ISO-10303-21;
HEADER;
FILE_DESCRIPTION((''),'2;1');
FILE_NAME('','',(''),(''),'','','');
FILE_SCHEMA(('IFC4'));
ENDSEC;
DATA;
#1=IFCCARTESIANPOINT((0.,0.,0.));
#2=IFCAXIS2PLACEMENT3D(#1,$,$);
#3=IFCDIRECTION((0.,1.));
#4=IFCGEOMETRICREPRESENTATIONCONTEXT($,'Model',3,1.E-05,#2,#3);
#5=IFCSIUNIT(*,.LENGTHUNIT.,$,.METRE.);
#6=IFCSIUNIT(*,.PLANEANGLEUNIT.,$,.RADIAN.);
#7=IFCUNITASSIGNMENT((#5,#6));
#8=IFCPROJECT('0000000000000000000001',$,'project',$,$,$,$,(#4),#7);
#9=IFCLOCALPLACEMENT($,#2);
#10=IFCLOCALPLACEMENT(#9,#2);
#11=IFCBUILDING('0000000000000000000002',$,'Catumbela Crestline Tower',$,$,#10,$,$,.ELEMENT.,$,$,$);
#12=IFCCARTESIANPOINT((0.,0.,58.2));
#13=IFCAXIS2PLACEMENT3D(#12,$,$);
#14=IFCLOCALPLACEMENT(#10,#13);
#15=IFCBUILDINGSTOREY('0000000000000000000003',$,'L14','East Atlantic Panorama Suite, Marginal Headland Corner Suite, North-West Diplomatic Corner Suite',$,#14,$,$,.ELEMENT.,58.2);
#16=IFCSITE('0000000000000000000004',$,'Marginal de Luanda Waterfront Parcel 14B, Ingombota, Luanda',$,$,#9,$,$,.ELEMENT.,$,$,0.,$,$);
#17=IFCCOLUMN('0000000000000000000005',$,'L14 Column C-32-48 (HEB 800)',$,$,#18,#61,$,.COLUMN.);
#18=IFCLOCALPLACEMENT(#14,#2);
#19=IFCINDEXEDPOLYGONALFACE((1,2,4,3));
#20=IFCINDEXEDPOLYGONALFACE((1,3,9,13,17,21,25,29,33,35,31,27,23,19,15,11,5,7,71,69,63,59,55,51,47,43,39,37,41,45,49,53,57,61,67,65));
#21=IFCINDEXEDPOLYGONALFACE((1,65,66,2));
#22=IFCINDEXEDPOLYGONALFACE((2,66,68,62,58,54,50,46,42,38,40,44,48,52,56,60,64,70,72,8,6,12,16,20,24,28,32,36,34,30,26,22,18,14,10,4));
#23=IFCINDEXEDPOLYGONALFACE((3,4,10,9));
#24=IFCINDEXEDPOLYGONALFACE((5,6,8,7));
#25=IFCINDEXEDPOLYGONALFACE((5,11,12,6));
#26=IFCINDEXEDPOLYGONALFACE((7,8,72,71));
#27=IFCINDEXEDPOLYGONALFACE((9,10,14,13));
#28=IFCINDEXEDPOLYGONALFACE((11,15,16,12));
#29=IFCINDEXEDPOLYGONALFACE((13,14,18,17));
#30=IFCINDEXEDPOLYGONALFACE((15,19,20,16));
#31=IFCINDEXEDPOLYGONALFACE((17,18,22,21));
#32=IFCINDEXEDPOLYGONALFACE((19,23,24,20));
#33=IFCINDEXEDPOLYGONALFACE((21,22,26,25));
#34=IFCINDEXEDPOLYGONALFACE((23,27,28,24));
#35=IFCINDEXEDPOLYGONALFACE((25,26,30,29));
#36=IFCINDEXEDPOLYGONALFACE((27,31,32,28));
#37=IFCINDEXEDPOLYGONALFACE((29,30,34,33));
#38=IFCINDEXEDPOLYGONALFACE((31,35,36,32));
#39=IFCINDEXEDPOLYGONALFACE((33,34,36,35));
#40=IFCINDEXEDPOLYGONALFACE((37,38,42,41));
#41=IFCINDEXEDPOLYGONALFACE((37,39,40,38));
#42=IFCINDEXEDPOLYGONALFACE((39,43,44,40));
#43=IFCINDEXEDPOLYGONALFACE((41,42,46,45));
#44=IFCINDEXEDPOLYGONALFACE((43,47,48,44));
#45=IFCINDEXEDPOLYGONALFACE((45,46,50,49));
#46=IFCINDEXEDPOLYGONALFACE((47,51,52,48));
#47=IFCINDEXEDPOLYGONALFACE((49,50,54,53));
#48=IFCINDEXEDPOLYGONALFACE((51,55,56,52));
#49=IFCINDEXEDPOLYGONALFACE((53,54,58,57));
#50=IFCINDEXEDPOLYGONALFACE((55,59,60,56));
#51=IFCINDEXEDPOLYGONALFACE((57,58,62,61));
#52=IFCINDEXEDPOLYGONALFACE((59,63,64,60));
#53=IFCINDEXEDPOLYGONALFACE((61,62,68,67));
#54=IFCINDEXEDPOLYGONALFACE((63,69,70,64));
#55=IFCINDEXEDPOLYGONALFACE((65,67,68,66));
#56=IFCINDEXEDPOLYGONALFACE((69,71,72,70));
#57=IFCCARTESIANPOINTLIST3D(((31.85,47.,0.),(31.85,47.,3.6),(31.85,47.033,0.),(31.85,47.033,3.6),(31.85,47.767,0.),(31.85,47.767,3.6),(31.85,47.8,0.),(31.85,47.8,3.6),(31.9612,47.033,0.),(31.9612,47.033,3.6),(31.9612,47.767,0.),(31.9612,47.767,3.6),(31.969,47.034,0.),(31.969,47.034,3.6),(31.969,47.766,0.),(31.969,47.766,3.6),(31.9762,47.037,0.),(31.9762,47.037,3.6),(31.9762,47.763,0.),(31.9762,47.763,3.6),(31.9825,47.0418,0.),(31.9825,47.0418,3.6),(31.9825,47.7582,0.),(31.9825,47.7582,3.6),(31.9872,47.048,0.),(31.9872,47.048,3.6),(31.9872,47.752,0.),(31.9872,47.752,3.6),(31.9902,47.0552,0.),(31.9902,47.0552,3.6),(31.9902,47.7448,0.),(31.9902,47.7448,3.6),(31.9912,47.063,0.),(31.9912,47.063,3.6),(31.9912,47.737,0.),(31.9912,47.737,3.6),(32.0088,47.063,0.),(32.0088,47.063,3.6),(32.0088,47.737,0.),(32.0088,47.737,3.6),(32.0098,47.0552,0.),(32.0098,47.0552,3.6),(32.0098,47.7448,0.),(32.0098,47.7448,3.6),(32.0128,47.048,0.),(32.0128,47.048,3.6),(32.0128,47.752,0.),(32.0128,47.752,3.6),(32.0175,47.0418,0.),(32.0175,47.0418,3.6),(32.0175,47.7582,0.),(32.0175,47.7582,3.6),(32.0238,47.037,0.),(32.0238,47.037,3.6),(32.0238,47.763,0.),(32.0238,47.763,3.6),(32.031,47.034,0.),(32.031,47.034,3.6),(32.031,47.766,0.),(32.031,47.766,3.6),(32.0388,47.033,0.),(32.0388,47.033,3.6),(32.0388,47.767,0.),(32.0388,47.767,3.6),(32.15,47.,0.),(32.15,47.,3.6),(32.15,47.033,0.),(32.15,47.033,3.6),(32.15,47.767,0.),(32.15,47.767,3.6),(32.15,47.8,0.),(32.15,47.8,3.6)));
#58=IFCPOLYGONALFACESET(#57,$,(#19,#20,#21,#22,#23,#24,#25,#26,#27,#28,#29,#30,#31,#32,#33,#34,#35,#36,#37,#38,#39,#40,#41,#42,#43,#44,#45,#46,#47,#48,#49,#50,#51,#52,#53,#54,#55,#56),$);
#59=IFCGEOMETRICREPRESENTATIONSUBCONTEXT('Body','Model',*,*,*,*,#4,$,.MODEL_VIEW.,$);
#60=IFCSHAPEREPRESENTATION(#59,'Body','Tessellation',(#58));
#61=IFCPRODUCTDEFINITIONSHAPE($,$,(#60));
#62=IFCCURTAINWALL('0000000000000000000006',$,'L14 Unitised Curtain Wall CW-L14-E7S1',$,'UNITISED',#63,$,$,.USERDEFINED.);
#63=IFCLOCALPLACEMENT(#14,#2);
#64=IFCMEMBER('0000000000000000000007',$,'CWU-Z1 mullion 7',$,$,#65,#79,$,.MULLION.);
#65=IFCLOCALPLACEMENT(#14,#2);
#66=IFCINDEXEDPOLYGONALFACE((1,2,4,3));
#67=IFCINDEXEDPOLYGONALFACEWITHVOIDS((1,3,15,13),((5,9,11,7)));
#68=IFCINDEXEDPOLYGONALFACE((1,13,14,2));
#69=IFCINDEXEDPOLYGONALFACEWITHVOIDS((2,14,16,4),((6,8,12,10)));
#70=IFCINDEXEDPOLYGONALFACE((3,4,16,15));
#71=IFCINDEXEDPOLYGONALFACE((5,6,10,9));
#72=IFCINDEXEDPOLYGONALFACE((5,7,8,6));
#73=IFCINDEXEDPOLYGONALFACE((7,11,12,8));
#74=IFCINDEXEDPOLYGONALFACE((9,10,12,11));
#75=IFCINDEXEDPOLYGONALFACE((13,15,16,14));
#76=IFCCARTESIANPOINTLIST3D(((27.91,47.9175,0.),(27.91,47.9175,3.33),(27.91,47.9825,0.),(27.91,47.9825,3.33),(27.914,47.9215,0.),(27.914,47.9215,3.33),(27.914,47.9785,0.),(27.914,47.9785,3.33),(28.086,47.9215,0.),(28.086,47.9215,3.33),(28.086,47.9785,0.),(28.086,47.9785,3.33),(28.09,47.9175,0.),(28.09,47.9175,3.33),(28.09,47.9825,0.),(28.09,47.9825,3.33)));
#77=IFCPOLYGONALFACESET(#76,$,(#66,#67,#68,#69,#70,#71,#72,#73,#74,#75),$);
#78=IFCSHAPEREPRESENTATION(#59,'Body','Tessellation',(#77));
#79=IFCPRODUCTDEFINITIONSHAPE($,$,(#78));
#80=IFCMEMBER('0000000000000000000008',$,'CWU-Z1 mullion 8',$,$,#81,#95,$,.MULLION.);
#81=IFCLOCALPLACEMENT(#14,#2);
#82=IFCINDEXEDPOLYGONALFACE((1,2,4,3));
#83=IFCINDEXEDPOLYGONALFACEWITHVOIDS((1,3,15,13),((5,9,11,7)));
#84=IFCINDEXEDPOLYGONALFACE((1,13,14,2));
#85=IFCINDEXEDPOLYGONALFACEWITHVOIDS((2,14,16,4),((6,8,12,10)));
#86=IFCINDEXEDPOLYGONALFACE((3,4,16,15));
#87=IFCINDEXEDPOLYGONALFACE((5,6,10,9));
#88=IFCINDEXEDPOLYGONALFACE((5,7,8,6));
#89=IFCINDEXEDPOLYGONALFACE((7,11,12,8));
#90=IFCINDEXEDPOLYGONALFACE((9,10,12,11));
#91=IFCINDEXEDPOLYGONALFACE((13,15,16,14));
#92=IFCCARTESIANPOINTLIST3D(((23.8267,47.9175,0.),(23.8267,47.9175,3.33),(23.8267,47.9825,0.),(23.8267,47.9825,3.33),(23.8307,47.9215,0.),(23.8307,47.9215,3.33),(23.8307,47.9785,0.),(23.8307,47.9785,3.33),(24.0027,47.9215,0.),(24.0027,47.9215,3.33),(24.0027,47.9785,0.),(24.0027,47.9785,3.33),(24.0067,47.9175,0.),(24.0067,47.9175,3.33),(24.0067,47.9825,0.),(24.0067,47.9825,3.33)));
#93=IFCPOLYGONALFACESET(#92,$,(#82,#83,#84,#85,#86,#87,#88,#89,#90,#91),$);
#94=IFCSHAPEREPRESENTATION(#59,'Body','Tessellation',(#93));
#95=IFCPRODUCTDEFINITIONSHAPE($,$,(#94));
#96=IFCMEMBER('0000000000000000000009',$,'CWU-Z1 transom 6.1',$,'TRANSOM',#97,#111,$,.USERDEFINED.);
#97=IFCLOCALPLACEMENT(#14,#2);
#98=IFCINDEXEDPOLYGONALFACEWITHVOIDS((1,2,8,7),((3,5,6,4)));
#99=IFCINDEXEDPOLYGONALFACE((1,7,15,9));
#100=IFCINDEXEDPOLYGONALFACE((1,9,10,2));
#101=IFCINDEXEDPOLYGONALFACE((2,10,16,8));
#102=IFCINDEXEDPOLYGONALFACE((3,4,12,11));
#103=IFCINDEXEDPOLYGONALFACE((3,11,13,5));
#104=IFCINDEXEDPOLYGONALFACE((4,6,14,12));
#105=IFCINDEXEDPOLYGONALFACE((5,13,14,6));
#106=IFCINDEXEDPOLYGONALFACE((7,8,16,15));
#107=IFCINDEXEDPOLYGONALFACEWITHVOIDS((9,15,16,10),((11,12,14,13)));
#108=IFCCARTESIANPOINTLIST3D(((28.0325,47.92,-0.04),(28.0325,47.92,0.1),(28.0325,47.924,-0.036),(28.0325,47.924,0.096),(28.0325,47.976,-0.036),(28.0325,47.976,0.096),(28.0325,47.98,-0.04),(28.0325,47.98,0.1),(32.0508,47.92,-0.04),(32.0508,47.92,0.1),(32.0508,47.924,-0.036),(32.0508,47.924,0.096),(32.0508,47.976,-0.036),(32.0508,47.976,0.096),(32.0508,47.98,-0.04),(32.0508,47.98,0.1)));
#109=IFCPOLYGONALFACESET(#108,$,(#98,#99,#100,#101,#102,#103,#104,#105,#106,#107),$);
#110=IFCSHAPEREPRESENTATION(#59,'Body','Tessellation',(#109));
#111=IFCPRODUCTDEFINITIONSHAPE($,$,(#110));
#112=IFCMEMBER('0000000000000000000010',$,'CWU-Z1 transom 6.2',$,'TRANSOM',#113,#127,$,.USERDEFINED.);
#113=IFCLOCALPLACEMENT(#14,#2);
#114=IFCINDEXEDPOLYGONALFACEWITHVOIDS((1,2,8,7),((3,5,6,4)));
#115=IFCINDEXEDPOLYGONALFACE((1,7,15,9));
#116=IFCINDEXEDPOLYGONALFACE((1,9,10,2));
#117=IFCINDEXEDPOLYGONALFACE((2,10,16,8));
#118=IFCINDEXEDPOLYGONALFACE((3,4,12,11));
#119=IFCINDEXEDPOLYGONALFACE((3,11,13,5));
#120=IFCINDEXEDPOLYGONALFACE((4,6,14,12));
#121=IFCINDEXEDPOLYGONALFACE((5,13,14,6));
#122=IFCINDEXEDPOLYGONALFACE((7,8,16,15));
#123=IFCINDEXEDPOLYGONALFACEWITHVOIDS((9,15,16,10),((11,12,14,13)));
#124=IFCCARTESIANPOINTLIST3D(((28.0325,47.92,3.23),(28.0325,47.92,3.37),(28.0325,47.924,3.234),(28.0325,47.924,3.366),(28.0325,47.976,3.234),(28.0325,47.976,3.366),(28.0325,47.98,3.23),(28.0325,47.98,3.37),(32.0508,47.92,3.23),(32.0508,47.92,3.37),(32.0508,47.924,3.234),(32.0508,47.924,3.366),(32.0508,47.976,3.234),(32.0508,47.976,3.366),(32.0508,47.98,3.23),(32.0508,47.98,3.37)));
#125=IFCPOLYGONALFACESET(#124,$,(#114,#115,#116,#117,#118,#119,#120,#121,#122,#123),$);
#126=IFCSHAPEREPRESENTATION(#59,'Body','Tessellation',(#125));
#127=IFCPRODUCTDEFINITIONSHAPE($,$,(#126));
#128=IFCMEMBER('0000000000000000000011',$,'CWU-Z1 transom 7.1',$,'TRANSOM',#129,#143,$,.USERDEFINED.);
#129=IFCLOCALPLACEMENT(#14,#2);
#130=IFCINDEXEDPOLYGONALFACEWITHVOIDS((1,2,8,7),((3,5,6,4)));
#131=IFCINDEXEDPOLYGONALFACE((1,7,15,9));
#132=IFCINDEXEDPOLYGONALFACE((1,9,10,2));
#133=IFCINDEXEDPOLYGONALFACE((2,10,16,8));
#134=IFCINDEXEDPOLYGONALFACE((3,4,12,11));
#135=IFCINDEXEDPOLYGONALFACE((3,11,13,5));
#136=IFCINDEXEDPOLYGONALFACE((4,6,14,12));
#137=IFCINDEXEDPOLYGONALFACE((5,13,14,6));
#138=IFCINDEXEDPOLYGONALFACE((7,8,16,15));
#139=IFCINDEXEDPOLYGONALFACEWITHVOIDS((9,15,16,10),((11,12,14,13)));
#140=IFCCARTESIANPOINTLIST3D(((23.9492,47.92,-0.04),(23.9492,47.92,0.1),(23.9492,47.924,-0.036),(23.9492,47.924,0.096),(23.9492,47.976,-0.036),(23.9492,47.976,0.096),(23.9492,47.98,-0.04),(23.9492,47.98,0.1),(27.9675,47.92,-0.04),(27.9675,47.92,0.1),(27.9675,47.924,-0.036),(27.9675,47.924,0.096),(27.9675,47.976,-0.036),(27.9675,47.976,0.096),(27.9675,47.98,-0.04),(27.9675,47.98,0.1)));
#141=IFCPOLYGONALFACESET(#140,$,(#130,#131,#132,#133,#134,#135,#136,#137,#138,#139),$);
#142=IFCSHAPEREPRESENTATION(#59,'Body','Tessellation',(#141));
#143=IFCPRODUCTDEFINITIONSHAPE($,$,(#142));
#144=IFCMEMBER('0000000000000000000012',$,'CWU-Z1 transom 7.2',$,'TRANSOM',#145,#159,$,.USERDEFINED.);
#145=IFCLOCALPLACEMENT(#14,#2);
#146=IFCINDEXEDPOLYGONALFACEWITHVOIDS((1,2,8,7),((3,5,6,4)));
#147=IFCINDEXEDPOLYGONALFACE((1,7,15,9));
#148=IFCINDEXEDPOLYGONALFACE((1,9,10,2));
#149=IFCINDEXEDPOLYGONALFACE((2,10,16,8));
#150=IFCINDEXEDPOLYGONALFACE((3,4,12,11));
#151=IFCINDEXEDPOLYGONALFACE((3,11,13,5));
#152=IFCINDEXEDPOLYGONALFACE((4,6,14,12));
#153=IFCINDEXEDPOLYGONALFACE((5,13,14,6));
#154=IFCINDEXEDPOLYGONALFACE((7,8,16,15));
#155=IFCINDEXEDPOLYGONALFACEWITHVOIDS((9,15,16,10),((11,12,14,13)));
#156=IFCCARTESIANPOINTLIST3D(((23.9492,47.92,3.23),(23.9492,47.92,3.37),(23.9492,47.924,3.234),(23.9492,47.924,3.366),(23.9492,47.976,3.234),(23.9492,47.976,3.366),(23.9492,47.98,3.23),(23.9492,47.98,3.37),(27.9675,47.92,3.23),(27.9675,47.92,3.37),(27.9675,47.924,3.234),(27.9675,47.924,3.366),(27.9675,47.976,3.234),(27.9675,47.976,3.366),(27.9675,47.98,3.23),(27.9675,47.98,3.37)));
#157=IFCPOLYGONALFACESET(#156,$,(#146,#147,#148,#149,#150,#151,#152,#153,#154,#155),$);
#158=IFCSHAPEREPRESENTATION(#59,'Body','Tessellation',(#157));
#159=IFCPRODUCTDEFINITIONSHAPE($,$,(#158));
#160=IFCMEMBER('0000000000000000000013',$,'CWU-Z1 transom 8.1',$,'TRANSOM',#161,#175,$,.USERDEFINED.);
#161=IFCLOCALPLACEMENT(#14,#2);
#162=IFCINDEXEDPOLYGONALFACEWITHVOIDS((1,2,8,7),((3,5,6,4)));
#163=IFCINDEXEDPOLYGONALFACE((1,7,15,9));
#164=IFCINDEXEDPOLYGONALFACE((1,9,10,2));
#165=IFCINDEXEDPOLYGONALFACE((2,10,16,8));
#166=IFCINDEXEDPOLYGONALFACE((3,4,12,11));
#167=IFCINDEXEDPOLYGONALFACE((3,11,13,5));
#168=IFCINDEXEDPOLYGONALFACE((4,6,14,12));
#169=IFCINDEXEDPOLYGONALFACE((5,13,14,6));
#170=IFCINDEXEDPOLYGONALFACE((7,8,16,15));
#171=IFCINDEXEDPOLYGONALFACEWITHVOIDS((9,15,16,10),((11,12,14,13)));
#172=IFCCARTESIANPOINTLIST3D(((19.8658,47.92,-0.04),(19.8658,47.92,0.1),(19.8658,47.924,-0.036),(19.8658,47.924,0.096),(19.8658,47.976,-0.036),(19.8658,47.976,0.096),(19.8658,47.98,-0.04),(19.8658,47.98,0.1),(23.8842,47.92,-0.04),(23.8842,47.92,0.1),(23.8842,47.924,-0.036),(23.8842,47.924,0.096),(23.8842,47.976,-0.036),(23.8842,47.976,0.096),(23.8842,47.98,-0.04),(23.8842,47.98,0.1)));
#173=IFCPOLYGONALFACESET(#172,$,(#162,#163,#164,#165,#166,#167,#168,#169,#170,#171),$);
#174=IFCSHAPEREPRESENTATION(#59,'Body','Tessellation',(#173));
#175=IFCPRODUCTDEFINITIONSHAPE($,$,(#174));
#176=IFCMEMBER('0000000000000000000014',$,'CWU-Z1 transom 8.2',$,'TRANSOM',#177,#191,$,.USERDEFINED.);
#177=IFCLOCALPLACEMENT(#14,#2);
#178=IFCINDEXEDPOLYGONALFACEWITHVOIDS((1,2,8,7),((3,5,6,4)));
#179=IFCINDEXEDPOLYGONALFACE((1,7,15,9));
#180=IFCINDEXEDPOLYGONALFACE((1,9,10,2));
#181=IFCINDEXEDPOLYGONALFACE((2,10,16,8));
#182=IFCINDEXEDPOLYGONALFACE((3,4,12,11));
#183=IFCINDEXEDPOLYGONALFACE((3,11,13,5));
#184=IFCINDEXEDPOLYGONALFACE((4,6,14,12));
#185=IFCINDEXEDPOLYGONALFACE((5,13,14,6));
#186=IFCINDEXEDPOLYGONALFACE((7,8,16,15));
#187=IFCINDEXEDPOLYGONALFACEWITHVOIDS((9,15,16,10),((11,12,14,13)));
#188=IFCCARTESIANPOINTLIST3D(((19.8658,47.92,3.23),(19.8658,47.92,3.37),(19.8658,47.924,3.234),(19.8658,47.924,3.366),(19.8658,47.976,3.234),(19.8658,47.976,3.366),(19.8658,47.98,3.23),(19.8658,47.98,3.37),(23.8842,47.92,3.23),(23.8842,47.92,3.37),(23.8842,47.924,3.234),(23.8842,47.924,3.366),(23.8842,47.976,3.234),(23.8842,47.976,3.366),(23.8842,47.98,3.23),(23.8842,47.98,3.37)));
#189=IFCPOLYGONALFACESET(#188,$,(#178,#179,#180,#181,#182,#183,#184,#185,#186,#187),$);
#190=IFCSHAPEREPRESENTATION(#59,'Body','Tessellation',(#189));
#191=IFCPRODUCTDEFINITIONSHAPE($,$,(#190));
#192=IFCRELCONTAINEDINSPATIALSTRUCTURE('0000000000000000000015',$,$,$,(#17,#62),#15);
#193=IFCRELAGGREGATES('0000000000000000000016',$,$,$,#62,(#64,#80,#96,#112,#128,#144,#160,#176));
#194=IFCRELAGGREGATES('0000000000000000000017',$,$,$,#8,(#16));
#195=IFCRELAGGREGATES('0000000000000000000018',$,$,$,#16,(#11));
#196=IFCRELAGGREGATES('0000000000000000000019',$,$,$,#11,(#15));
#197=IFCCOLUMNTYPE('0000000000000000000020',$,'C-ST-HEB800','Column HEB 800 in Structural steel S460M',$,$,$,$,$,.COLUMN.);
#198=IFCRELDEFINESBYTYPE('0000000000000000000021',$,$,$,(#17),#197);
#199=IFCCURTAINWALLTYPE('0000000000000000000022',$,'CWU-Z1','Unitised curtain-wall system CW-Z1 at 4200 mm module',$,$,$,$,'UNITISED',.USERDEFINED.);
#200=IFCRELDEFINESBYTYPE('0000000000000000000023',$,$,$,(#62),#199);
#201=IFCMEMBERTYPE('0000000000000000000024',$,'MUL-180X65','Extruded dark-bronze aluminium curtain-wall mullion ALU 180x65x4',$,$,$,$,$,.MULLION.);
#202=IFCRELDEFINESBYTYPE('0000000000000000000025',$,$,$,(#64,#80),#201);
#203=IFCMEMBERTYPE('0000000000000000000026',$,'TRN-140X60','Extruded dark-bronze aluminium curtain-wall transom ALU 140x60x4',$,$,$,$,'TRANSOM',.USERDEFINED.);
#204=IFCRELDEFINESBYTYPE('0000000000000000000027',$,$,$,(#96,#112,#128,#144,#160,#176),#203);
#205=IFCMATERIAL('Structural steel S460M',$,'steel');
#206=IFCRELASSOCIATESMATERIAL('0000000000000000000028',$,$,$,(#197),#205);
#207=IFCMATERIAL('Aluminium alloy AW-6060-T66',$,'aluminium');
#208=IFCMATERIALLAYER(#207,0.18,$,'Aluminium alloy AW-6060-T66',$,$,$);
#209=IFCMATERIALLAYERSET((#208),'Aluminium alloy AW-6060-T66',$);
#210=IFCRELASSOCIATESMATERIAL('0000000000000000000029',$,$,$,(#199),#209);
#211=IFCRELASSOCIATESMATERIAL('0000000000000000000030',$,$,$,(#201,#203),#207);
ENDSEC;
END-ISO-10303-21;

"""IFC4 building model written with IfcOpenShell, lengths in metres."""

from ifc_helpers import new_model, si_unit, direction, frame, origin, origin_2d, place, context, subcontext, project, spatial, hollow_rectangle, i_section, extrude, material, layer, layer_set, material_profile, profile_set, type_object, element, aggregate, save


model = new_model("IFC4")

# Units and contexts
model_context = context("Model", 3, precision=1e-05, world=origin(), true_north=direction((0.0, 1.0)))
body_context = subcontext(model_context, "Body", "Model", "MODEL_VIEW")
ifc_project = project(units=[si_unit("LENGTHUNIT", "METRE"), si_unit("PLANEANGLEUNIT", "RADIAN")], contexts=[model_context])

# Site, building, storey
site_placement = place(None, origin())
site = spatial("IfcSite", under=ifc_project, at=site_placement, Name="Marginal de Luanda Waterfront Parcel 14B, Ingombota, Luanda", CompositionType="ELEMENT", RefElevation=0.0)
building_placement = place(site_placement, origin())
building = spatial("IfcBuilding", under=site, at=building_placement, Name="Catumbela Crestline Tower", CompositionType="ELEMENT")
storey_placement = place(building_placement, frame((0.0, 0.0, 58.2)))
storey = spatial("IfcBuildingStorey", under=building, at=storey_placement, Name="L14", Description="East Atlantic Panorama Suite, Marginal Headland Corner Suite, North-West Diplomatic Corner Suite", CompositionType="ELEMENT", Elevation=58.2)

# Column
ifc_material_1 = material(Name="Structural steel S460M", Category="steel")
ifc_material_profile_1 = material_profile(ifc_material_1, i_section(OverallWidth=0.3, OverallDepth=0.8, WebThickness=0.0175, FlangeThickness=0.033, FilletRadius=0.03, at=origin_2d()), Name="HEB 800")
ifc_profile_set_1 = profile_set([ifc_material_profile_1], Name="Structural steel S460M")
column_type = type_object("IfcColumnType", Name="C-ST-HEB800", Description="Column HEB 800 in Structural steel S460M", PredefinedType="COLUMN", material=ifc_profile_set_1)
column_placement = place(storey_placement, frame((32.0, 47.4, 0.0), z_axis=(0.0, 0.0, 1.0), x_axis=(1.0, 0.0, 0.0)))
element("IfcColumn", 1, at=column_placement, inside=storey, type_object=column_type, Name="L14 Column C-32-48 (HEB 800)", PredefinedType="COLUMN", context=body_context, shape_type="SweptSolid", body=[
    extrude(i_section(OverallWidth=0.3, OverallDepth=0.8, WebThickness=0.0175, FlangeThickness=0.033, FilletRadius=0.03, at=origin_2d()), origin(), (0.0, 0.0, 1.0), 3.6),
])

# Curtain wall, members
ifc_material_2 = material(Name="Aluminium alloy AW-6060-T66", Category="aluminium")
ifc_layer_1 = layer(ifc_material_2, 0.18, Name="Aluminium alloy AW-6060-T66")
ifc_layer_set_1 = layer_set([ifc_layer_1], Name="Aluminium alloy AW-6060-T66")
curtain_wall_type = type_object("IfcCurtainWallType", Name="CWU-Z1", Description="Unitised curtain-wall system CW-Z1 at 4200 mm module", ElementType="UNITISED", PredefinedType="USERDEFINED", material=ifc_layer_set_1)
curtain_wall_placement = place(storey_placement, origin())
curtain_wall = element("IfcCurtainWall", 2, at=curtain_wall_placement, inside=storey, type_object=curtain_wall_type, Name="L14 Unitised Curtain Wall CW-L14-E7S1", ObjectType="UNITISED", PredefinedType="USERDEFINED")
ifc_material_profile_2 = material_profile(ifc_material_2, hollow_rectangle(XDim=0.065, YDim=0.18, WallThickness=0.004, at=origin_2d()), Name="ALU 180x65x4")
ifc_profile_set_2 = profile_set([ifc_material_profile_2], Name="Aluminium alloy AW-6060-T66")
member_type_1 = type_object("IfcMemberType", Name="MUL-180X65", Description="Extruded dark-bronze aluminium curtain-wall mullion ALU 180x65x4", PredefinedType="MULLION", material=ifc_profile_set_2)
member_1_placement = place(storey_placement, frame((28.0, 47.95, 0.0), z_axis=(0.0, 0.0, 1.0), x_axis=(0.0, -1.0, 0.0)))
member_1 = element("IfcMember", 3, at=member_1_placement, type_object=member_type_1, Name="CWU-Z1 mullion 7", PredefinedType="MULLION", context=body_context, shape_type="SweptSolid", body=[
    extrude(hollow_rectangle(XDim=0.065, YDim=0.18, WallThickness=0.004, at=origin_2d()), origin(), (0.0, 0.0, 1.0), 3.33),
])
member_2_placement = place(storey_placement, frame((23.9167, 47.95, 0.0), z_axis=(0.0, 0.0, 1.0), x_axis=(0.0, -1.0, 0.0)))
member_2 = element("IfcMember", 4, at=member_2_placement, type_object=member_type_1, Name="CWU-Z1 mullion 8", PredefinedType="MULLION", context=body_context, shape_type="SweptSolid", body=[
    extrude(hollow_rectangle(XDim=0.065, YDim=0.18, WallThickness=0.004, at=origin_2d()), origin(), (0.0, 0.0, 1.0), 3.33),
])
ifc_material_profile_3 = material_profile(ifc_material_2, hollow_rectangle(XDim=0.06, YDim=0.14, WallThickness=0.004, at=origin_2d()), Name="ALU 140x60x4")
ifc_profile_set_3 = profile_set([ifc_material_profile_3], Name="Aluminium alloy AW-6060-T66")
member_type_2 = type_object("IfcMemberType", Name="TRN-140X60", Description="Extruded dark-bronze aluminium curtain-wall transom ALU 140x60x4", ElementType="TRANSOM", PredefinedType="USERDEFINED", material=ifc_profile_set_3)
member_3_placement = place(storey_placement, frame((32.0508, 47.95, 0.03), z_axis=(-1.0, 0.0, 0.0), x_axis=(0.0, -1.0, 0.0)))
member_3 = element("IfcMember", 5, at=member_3_placement, type_object=member_type_2, Name="CWU-Z1 transom 6.1", ObjectType="TRANSOM", PredefinedType="USERDEFINED", context=body_context, shape_type="SweptSolid", body=[
    extrude(hollow_rectangle(XDim=0.06, YDim=0.14, WallThickness=0.004, at=origin_2d()), origin(), (0.0, 0.0, 1.0), 4.0183),
])
member_4_placement = place(storey_placement, frame((32.0508, 47.95, 3.3), z_axis=(-1.0, 0.0, 0.0), x_axis=(0.0, -1.0, 0.0)))
member_4 = element("IfcMember", 6, at=member_4_placement, type_object=member_type_2, Name="CWU-Z1 transom 6.2", ObjectType="TRANSOM", PredefinedType="USERDEFINED", context=body_context, shape_type="SweptSolid", body=[
    extrude(hollow_rectangle(XDim=0.06, YDim=0.14, WallThickness=0.004, at=origin_2d()), origin(), (0.0, 0.0, 1.0), 4.0183),
])
member_5_placement = place(storey_placement, frame((27.9675, 47.95, 0.03), z_axis=(-1.0, 0.0, 0.0), x_axis=(0.0, -1.0, 0.0)))
member_5 = element("IfcMember", 7, at=member_5_placement, type_object=member_type_2, Name="CWU-Z1 transom 7.1", ObjectType="TRANSOM", PredefinedType="USERDEFINED", context=body_context, shape_type="SweptSolid", body=[
    extrude(hollow_rectangle(XDim=0.06, YDim=0.14, WallThickness=0.004, at=origin_2d()), origin(), (0.0, 0.0, 1.0), 4.0183),
])
member_6_placement = place(storey_placement, frame((27.9675, 47.95, 3.3), z_axis=(-1.0, 0.0, 0.0), x_axis=(0.0, -1.0, 0.0)))
member_6 = element("IfcMember", 8, at=member_6_placement, type_object=member_type_2, Name="CWU-Z1 transom 7.2", ObjectType="TRANSOM", PredefinedType="USERDEFINED", context=body_context, shape_type="SweptSolid", body=[
    extrude(hollow_rectangle(XDim=0.06, YDim=0.14, WallThickness=0.004, at=origin_2d()), origin(), (0.0, 0.0, 1.0), 4.0183),
])
member_7_placement = place(storey_placement, frame((23.8842, 47.95, 0.03), z_axis=(-1.0, 0.0, 0.0), x_axis=(0.0, -1.0, 0.0)))
member_7 = element("IfcMember", 9, at=member_7_placement, type_object=member_type_2, Name="CWU-Z1 transom 8.1", ObjectType="TRANSOM", PredefinedType="USERDEFINED", context=body_context, shape_type="SweptSolid", body=[
    extrude(hollow_rectangle(XDim=0.06, YDim=0.14, WallThickness=0.004, at=origin_2d()), origin(), (0.0, 0.0, 1.0), 4.0184),
])
member_8_placement = place(storey_placement, frame((23.8842, 47.95, 3.3), z_axis=(-1.0, 0.0, 0.0), x_axis=(0.0, -1.0, 0.0)))
member_8 = element("IfcMember", 10, at=member_8_placement, type_object=member_type_2, Name="CWU-Z1 transom 8.2", ObjectType="TRANSOM", PredefinedType="USERDEFINED", context=body_context, shape_type="SweptSolid", body=[
    extrude(hollow_rectangle(XDim=0.06, YDim=0.14, WallThickness=0.004, at=origin_2d()), origin(), (0.0, 0.0, 1.0), 4.0184),
])
aggregate(curtain_wall, [member_1, member_2, member_3, member_4, member_5, member_6, member_7, member_8])

save(model, "model.ifc")
